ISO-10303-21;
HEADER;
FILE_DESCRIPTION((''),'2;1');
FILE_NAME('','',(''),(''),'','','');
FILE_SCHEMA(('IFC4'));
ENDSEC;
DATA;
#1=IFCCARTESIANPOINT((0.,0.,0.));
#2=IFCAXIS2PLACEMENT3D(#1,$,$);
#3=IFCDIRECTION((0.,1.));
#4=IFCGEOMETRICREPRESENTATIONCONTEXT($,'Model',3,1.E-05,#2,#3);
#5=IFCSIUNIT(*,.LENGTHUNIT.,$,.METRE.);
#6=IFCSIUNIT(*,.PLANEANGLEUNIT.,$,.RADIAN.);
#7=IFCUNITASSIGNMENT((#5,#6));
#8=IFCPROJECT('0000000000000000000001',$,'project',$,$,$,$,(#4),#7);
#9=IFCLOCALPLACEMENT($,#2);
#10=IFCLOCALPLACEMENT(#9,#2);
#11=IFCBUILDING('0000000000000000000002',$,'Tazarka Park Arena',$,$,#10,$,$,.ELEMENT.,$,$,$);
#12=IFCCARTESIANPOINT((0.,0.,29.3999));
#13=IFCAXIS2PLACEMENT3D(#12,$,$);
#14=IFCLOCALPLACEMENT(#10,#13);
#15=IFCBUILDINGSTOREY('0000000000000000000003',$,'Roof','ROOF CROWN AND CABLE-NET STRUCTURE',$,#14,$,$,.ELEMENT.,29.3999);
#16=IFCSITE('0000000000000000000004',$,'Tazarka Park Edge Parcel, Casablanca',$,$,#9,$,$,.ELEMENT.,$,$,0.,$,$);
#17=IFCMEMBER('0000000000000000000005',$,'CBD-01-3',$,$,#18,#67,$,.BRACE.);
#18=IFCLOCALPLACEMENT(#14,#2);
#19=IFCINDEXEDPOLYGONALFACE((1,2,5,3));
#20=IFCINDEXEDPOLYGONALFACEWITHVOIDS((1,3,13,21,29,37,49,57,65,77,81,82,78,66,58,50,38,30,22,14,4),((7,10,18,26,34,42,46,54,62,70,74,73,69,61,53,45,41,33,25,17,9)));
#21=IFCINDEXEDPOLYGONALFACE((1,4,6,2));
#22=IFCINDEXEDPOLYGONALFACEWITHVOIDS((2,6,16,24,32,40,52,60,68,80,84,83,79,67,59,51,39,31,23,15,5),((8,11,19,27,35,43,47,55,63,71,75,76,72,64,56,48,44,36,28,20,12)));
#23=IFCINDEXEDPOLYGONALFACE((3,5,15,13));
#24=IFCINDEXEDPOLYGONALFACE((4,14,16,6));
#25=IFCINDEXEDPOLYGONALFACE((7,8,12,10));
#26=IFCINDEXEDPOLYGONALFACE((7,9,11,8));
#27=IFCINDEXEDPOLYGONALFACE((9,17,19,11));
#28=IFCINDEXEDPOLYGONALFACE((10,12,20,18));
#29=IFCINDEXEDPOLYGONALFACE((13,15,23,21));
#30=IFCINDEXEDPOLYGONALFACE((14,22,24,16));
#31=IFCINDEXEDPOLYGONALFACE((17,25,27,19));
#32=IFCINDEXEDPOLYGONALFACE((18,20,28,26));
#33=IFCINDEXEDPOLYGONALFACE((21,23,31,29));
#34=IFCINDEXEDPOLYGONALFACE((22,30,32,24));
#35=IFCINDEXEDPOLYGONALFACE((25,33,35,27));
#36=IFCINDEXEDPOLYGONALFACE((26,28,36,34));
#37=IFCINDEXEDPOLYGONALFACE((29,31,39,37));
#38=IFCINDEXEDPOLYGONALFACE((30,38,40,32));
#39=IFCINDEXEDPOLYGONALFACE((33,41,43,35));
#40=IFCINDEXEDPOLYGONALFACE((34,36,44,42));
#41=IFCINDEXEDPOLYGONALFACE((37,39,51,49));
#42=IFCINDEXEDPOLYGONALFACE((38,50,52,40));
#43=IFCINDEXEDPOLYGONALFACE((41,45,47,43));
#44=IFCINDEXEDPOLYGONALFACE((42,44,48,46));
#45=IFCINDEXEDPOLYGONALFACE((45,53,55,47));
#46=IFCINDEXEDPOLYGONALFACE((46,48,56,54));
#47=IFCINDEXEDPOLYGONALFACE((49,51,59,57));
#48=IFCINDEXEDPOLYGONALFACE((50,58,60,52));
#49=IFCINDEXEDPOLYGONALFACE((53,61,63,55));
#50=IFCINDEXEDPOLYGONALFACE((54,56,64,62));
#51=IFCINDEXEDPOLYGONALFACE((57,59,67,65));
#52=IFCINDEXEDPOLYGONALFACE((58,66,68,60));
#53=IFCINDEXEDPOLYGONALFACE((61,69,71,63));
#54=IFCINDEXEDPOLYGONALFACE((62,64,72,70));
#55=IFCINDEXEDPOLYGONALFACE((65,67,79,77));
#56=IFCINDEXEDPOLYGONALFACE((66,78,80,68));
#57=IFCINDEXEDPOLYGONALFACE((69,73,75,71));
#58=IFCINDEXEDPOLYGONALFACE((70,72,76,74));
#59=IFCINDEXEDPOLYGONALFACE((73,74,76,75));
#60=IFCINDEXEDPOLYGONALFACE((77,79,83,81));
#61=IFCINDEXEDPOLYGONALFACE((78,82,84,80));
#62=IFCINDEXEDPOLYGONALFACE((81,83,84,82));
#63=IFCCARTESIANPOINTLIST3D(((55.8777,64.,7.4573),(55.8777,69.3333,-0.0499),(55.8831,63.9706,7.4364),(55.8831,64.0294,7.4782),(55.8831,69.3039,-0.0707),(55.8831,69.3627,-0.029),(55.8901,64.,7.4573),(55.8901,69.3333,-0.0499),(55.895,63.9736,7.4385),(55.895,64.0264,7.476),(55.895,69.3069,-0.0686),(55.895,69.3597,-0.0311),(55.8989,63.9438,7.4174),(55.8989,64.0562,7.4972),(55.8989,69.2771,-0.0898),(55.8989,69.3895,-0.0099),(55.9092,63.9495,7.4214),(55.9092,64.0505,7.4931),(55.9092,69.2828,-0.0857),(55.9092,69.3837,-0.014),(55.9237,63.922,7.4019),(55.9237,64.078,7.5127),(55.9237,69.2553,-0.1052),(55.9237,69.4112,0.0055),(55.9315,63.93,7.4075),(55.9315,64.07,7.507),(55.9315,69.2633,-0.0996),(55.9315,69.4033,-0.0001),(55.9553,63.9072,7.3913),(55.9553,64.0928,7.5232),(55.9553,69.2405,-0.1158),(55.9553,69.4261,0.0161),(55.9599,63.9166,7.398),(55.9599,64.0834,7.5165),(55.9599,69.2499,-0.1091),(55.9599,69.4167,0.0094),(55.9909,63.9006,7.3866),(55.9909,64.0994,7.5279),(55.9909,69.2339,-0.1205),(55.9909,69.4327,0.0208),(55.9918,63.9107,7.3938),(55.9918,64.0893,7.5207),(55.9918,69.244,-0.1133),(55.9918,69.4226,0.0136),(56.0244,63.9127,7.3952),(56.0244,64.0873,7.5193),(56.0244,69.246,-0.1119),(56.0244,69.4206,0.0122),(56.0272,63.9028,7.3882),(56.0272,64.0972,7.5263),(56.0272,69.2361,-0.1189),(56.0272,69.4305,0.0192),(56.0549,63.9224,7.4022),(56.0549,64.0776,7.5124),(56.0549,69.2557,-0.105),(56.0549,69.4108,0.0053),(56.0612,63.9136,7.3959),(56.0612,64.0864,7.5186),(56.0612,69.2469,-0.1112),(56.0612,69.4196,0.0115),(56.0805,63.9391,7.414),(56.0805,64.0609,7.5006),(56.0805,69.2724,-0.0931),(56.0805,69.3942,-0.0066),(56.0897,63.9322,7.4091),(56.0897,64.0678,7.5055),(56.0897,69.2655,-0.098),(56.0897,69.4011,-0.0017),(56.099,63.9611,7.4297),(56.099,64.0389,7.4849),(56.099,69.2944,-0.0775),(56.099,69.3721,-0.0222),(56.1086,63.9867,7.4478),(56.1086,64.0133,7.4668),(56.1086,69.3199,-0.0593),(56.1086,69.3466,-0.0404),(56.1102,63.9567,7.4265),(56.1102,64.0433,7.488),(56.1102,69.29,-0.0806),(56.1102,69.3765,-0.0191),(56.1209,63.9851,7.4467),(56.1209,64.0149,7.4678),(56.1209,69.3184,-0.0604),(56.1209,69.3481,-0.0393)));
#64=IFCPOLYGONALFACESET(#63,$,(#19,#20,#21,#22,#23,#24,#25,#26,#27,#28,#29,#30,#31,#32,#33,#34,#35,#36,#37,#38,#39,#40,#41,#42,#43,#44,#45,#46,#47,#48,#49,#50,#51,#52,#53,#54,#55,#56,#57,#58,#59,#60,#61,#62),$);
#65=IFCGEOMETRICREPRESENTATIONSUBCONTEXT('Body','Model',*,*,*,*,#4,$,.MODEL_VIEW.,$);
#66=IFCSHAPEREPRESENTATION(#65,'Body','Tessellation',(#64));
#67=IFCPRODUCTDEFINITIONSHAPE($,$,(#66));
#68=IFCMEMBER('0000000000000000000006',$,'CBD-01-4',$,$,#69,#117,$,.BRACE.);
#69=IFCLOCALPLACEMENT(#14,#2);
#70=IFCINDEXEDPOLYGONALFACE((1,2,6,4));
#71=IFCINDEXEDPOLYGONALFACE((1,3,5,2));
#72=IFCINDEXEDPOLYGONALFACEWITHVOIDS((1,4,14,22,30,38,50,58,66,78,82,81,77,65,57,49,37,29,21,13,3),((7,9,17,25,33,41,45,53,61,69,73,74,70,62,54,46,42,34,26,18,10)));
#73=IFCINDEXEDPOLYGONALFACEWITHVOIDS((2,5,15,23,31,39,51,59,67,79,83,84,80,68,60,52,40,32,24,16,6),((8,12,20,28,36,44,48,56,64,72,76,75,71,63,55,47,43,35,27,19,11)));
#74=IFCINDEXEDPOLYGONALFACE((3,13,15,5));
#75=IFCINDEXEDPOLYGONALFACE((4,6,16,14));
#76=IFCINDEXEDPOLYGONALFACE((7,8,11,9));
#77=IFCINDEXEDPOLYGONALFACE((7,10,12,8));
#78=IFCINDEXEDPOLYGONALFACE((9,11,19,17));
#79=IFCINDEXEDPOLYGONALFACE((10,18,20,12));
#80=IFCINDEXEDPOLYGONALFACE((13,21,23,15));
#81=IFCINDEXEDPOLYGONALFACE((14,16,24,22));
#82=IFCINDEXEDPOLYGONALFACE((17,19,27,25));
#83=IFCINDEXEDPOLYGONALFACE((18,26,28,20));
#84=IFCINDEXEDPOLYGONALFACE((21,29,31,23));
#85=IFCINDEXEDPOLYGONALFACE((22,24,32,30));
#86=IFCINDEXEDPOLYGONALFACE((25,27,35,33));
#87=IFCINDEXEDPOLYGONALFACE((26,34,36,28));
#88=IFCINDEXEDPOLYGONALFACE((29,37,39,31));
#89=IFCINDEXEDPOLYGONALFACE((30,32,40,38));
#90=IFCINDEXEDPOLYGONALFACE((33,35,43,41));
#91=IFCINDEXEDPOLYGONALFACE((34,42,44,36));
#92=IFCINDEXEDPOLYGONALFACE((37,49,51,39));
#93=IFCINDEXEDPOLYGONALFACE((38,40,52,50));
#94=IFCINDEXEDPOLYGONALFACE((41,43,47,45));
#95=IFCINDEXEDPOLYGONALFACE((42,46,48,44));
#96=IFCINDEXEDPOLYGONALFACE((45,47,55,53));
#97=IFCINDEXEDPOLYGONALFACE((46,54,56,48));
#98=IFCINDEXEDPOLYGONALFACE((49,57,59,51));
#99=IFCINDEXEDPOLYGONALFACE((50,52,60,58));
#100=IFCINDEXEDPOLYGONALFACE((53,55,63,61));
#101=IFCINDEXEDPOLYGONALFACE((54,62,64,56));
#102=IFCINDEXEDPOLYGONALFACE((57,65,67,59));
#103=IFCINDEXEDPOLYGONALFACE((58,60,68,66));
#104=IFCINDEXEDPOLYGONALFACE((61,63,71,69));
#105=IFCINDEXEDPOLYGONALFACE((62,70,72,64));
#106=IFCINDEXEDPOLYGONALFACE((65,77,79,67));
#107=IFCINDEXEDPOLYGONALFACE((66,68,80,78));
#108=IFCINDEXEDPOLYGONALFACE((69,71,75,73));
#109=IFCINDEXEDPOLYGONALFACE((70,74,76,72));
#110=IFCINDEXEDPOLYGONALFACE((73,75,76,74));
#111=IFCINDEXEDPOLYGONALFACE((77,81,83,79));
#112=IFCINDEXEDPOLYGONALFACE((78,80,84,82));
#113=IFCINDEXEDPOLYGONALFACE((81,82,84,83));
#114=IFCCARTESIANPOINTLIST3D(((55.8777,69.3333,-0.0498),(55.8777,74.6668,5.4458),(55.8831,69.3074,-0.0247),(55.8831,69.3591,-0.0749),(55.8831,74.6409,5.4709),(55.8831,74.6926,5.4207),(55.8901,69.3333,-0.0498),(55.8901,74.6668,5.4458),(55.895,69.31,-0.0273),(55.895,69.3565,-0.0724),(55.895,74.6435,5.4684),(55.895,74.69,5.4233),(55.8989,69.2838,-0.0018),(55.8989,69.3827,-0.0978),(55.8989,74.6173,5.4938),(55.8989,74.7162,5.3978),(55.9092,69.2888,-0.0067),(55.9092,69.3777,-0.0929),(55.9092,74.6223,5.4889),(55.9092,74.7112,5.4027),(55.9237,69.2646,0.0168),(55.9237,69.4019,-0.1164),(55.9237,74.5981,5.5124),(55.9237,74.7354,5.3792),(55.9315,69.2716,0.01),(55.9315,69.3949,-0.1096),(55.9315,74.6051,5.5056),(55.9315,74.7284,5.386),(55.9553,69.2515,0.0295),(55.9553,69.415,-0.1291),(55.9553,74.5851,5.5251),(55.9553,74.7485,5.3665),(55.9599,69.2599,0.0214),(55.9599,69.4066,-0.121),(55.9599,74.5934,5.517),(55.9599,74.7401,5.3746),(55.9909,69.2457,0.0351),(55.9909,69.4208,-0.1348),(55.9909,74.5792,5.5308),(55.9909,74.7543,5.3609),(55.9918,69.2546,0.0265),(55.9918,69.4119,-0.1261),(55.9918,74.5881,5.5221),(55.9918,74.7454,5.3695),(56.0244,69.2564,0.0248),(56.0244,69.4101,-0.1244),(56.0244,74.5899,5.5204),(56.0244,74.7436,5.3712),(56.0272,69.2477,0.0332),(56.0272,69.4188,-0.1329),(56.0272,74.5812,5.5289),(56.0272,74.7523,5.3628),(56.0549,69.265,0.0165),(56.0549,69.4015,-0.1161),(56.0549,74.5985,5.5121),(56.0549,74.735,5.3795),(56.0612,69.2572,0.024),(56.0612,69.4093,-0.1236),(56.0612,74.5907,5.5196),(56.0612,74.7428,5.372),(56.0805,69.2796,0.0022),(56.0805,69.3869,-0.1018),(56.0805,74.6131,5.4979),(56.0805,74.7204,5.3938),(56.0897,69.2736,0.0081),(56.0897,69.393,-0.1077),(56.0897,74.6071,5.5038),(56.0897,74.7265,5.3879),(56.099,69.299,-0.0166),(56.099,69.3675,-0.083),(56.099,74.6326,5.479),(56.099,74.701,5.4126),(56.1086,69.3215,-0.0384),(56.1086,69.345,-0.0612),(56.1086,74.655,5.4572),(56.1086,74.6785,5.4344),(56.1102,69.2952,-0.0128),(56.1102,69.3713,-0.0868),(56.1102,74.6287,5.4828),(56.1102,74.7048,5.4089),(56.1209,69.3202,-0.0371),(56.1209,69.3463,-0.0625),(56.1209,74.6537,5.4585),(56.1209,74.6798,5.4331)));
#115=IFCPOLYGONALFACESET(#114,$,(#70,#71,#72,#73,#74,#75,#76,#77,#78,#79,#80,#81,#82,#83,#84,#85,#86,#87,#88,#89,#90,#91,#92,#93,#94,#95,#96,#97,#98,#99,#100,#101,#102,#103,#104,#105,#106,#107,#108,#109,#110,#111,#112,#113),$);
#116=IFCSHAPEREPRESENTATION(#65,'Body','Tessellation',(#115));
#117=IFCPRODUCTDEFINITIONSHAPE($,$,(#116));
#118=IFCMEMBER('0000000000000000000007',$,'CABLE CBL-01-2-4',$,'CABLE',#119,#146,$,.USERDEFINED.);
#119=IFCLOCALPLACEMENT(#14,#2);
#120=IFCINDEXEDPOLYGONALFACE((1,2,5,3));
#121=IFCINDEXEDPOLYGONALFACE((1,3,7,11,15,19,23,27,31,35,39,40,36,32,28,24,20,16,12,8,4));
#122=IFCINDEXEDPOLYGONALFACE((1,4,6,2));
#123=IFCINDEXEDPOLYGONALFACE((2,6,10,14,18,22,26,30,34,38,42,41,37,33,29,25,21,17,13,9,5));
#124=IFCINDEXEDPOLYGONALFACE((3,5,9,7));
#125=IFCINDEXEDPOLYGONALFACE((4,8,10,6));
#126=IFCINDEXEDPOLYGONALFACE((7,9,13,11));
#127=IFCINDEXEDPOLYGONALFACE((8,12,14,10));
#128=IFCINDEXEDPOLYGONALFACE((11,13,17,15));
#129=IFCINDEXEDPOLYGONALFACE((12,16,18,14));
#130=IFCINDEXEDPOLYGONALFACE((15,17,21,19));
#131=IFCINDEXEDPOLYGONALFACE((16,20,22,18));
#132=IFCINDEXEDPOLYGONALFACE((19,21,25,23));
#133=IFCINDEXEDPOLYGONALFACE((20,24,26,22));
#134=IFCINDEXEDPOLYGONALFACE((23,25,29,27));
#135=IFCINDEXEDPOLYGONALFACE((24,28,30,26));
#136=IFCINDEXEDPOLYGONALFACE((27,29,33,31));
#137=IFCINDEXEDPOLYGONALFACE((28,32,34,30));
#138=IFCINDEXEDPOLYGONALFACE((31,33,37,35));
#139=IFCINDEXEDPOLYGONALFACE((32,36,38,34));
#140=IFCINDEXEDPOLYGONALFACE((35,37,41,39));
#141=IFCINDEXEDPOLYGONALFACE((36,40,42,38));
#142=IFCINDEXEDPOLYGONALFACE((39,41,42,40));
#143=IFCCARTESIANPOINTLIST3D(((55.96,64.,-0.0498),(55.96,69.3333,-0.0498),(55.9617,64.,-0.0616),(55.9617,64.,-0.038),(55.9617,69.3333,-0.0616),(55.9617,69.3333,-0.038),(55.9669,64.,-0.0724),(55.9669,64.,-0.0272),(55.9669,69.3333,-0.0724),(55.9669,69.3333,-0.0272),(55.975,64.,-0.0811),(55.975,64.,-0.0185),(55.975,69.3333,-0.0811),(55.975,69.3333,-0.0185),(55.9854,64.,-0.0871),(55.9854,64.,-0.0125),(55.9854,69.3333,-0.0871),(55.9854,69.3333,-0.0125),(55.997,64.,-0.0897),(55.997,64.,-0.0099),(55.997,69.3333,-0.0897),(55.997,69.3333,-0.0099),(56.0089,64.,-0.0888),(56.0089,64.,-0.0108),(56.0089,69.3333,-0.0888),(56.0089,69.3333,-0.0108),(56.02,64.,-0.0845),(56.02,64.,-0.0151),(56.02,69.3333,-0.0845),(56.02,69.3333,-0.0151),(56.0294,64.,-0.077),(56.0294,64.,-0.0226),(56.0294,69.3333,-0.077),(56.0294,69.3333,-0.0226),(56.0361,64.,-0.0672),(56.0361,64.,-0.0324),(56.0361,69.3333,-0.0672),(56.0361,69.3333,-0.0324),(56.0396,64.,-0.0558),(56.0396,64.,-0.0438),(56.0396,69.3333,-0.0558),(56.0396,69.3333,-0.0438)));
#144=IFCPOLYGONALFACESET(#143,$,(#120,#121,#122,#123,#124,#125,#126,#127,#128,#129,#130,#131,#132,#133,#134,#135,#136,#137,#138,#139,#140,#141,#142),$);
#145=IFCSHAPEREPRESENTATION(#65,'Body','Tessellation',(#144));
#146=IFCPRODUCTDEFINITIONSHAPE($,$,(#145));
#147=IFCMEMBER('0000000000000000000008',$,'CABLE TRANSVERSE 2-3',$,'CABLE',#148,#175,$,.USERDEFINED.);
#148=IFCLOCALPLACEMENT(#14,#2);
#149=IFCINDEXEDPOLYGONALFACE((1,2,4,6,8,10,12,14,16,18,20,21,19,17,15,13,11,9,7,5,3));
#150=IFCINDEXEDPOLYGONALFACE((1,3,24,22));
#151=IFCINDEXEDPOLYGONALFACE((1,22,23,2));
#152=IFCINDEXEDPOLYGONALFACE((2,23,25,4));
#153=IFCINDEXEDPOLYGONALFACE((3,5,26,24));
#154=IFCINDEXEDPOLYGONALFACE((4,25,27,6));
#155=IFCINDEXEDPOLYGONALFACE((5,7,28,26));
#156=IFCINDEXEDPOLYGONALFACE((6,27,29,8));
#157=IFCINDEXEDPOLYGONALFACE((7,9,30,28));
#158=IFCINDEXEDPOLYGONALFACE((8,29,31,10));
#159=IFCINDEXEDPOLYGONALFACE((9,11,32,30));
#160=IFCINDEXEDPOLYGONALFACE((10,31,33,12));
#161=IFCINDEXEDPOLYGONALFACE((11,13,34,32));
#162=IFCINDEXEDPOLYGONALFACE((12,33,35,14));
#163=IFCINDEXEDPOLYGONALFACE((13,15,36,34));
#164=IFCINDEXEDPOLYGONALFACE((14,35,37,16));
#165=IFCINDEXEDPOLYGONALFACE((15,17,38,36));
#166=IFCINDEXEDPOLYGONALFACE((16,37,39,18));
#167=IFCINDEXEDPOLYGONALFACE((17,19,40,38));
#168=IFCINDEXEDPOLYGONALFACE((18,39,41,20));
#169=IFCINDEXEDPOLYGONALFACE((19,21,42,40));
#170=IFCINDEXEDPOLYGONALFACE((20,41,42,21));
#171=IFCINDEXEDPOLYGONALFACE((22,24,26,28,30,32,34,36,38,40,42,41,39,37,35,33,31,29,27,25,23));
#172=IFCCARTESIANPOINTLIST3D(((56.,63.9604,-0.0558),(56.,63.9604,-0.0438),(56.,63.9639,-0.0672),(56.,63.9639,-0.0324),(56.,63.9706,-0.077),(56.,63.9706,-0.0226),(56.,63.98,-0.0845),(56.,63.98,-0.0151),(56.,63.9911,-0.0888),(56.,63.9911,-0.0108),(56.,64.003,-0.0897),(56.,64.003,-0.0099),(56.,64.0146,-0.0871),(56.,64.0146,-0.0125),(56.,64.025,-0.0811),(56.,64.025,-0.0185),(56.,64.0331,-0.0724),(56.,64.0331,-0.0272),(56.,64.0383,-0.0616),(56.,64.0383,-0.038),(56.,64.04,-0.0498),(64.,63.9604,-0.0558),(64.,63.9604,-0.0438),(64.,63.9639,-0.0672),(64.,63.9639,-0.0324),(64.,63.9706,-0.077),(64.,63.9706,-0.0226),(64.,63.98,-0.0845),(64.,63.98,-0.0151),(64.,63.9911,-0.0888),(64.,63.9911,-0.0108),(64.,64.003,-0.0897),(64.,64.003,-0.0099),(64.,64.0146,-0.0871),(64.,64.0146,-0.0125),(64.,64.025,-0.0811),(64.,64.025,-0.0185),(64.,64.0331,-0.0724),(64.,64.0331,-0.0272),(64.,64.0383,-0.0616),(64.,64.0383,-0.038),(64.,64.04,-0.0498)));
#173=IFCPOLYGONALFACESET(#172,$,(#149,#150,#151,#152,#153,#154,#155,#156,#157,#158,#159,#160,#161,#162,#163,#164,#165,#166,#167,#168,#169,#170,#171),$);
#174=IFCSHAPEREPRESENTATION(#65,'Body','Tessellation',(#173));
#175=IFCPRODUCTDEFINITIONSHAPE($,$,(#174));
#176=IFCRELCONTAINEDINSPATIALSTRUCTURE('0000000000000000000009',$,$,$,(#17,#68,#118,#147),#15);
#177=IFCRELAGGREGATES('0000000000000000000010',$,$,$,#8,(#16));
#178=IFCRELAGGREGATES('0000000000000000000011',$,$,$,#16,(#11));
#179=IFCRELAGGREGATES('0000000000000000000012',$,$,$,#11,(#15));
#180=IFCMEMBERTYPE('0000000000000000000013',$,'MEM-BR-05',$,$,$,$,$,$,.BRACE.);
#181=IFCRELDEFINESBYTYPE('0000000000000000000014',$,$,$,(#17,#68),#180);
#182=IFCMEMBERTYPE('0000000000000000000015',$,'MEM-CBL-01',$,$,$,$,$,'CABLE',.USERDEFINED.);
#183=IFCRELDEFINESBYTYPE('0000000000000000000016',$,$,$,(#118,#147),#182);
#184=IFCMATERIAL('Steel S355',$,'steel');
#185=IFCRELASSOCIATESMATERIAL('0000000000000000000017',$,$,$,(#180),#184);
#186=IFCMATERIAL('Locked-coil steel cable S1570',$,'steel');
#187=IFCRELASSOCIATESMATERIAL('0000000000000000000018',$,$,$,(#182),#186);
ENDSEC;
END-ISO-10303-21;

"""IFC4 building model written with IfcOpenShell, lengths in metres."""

from ifc_helpers import new_model, si_unit, direction, frame, origin, origin_2d, place, context, subcontext, project, spatial, circle, hollow_circle, extrude, material, material_profile, profile_set, type_object, element, save


model = new_model("IFC4")

# Units and contexts
model_context = context("Model", 3, precision=1e-05, world=origin(), true_north=direction((0.0, 1.0)))
body_context = subcontext(model_context, "Body", "Model", "MODEL_VIEW")
ifc_project = project(units=[si_unit("LENGTHUNIT", "METRE"), si_unit("PLANEANGLEUNIT", "RADIAN")], contexts=[model_context])

# Site, building, storey
site_placement = place(None, origin())
site = spatial("IfcSite", under=ifc_project, at=site_placement, Name="Tazarka Park Edge Parcel, Casablanca", CompositionType="ELEMENT", RefElevation=0.0)
building_placement = place(site_placement, origin())
building = spatial("IfcBuilding", under=site, at=building_placement, Name="Tazarka Park Arena", CompositionType="ELEMENT")
storey_placement = place(building_placement, frame((0.0, 0.0, 29.3999)))
storey = spatial("IfcBuildingStorey", under=building, at=storey_placement, Name="Roof", Description="ROOF CROWN AND CABLE-NET STRUCTURE", CompositionType="ELEMENT", Elevation=29.3999)

# Members
ifc_material_1 = material(Name="Steel S355", Category="steel")
ifc_material_profile_1 = material_profile(ifc_material_1, hollow_circle(Radius=0.1223, WallThickness=0.0125, at=origin_2d()), Name="Steel S355")
ifc_profile_set_1 = profile_set([ifc_material_profile_1], Name="Steel S355")
member_type_1 = type_object("IfcMemberType", Name="MEM-BR-05", PredefinedType="BRACE", material=ifc_profile_set_1)
member_1_placement = place(storey_placement, frame((56.0, 64.0, 7.4573), z_axis=(0.0, 0.579155, -0.815218), x_axis=(-1.0, 0.0, 0.0)))
element("IfcMember", 1, at=member_1_placement, inside=storey, type_object=member_type_1, Name="CBD-01-3", PredefinedType="BRACE", context=body_context, shape_type="SweptSolid", body=[
    extrude(hollow_circle(Radius=0.1223, WallThickness=0.0125, at=origin_2d()), origin(), (0.0, 0.0, 1.0), 9.2087),
])
member_2_placement = place(storey_placement, frame((56.0, 69.3333, -0.0498), z_axis=(0.0, 0.696444, 0.717612), x_axis=(-1.0, 0.0, 0.0)))
element("IfcMember", 2, at=member_2_placement, inside=storey, type_object=member_type_1, Name="CBD-01-4", PredefinedType="BRACE", context=body_context, shape_type="SweptSolid", body=[
    extrude(hollow_circle(Radius=0.1223, WallThickness=0.0125, at=origin_2d()), origin(), (0.0, 0.0, 1.0), 7.6582),
])
ifc_material_2 = material(Name="Locked-coil steel cable S1570", Category="steel")
ifc_material_profile_2 = material_profile(ifc_material_2, circle(Radius=0.04, at=origin_2d()), Name="Locked-coil steel cable S1570")
ifc_profile_set_2 = profile_set([ifc_material_profile_2], Name="Locked-coil steel cable S1570")
member_type_2 = type_object("IfcMemberType", Name="MEM-CBL-01", ElementType="CABLE", PredefinedType="USERDEFINED", material=ifc_profile_set_2)
member_3_placement = place(storey_placement, frame((56.0, 64.0, -0.0498), z_axis=(0.0, 1.0, 0.0), x_axis=(-1.0, 0.0, 0.0)))
element("IfcMember", 3, at=member_3_placement, inside=storey, type_object=member_type_2, Name="CABLE CBL-01-2-4", ObjectType="CABLE", PredefinedType="USERDEFINED", context=body_context, shape_type="SweptSolid", body=[
    extrude(circle(Radius=0.04, at=origin_2d()), origin(), (0.0, 0.0, 1.0), 5.3333),
])
member_4_placement = place(storey_placement, frame((56.0, 64.0, -0.0498), z_axis=(1.0, 0.0, 0.0), x_axis=(0.0, 1.0, 0.0)))
element("IfcMember", 4, at=member_4_placement, inside=storey, type_object=member_type_2, Name="CABLE TRANSVERSE 2-3", ObjectType="CABLE", PredefinedType="USERDEFINED", context=body_context, shape_type="SweptSolid", body=[
    extrude(circle(Radius=0.04, at=origin_2d()), origin(), (0.0, 0.0, 1.0), 8.0),
])

save(model, "model.ifc")
